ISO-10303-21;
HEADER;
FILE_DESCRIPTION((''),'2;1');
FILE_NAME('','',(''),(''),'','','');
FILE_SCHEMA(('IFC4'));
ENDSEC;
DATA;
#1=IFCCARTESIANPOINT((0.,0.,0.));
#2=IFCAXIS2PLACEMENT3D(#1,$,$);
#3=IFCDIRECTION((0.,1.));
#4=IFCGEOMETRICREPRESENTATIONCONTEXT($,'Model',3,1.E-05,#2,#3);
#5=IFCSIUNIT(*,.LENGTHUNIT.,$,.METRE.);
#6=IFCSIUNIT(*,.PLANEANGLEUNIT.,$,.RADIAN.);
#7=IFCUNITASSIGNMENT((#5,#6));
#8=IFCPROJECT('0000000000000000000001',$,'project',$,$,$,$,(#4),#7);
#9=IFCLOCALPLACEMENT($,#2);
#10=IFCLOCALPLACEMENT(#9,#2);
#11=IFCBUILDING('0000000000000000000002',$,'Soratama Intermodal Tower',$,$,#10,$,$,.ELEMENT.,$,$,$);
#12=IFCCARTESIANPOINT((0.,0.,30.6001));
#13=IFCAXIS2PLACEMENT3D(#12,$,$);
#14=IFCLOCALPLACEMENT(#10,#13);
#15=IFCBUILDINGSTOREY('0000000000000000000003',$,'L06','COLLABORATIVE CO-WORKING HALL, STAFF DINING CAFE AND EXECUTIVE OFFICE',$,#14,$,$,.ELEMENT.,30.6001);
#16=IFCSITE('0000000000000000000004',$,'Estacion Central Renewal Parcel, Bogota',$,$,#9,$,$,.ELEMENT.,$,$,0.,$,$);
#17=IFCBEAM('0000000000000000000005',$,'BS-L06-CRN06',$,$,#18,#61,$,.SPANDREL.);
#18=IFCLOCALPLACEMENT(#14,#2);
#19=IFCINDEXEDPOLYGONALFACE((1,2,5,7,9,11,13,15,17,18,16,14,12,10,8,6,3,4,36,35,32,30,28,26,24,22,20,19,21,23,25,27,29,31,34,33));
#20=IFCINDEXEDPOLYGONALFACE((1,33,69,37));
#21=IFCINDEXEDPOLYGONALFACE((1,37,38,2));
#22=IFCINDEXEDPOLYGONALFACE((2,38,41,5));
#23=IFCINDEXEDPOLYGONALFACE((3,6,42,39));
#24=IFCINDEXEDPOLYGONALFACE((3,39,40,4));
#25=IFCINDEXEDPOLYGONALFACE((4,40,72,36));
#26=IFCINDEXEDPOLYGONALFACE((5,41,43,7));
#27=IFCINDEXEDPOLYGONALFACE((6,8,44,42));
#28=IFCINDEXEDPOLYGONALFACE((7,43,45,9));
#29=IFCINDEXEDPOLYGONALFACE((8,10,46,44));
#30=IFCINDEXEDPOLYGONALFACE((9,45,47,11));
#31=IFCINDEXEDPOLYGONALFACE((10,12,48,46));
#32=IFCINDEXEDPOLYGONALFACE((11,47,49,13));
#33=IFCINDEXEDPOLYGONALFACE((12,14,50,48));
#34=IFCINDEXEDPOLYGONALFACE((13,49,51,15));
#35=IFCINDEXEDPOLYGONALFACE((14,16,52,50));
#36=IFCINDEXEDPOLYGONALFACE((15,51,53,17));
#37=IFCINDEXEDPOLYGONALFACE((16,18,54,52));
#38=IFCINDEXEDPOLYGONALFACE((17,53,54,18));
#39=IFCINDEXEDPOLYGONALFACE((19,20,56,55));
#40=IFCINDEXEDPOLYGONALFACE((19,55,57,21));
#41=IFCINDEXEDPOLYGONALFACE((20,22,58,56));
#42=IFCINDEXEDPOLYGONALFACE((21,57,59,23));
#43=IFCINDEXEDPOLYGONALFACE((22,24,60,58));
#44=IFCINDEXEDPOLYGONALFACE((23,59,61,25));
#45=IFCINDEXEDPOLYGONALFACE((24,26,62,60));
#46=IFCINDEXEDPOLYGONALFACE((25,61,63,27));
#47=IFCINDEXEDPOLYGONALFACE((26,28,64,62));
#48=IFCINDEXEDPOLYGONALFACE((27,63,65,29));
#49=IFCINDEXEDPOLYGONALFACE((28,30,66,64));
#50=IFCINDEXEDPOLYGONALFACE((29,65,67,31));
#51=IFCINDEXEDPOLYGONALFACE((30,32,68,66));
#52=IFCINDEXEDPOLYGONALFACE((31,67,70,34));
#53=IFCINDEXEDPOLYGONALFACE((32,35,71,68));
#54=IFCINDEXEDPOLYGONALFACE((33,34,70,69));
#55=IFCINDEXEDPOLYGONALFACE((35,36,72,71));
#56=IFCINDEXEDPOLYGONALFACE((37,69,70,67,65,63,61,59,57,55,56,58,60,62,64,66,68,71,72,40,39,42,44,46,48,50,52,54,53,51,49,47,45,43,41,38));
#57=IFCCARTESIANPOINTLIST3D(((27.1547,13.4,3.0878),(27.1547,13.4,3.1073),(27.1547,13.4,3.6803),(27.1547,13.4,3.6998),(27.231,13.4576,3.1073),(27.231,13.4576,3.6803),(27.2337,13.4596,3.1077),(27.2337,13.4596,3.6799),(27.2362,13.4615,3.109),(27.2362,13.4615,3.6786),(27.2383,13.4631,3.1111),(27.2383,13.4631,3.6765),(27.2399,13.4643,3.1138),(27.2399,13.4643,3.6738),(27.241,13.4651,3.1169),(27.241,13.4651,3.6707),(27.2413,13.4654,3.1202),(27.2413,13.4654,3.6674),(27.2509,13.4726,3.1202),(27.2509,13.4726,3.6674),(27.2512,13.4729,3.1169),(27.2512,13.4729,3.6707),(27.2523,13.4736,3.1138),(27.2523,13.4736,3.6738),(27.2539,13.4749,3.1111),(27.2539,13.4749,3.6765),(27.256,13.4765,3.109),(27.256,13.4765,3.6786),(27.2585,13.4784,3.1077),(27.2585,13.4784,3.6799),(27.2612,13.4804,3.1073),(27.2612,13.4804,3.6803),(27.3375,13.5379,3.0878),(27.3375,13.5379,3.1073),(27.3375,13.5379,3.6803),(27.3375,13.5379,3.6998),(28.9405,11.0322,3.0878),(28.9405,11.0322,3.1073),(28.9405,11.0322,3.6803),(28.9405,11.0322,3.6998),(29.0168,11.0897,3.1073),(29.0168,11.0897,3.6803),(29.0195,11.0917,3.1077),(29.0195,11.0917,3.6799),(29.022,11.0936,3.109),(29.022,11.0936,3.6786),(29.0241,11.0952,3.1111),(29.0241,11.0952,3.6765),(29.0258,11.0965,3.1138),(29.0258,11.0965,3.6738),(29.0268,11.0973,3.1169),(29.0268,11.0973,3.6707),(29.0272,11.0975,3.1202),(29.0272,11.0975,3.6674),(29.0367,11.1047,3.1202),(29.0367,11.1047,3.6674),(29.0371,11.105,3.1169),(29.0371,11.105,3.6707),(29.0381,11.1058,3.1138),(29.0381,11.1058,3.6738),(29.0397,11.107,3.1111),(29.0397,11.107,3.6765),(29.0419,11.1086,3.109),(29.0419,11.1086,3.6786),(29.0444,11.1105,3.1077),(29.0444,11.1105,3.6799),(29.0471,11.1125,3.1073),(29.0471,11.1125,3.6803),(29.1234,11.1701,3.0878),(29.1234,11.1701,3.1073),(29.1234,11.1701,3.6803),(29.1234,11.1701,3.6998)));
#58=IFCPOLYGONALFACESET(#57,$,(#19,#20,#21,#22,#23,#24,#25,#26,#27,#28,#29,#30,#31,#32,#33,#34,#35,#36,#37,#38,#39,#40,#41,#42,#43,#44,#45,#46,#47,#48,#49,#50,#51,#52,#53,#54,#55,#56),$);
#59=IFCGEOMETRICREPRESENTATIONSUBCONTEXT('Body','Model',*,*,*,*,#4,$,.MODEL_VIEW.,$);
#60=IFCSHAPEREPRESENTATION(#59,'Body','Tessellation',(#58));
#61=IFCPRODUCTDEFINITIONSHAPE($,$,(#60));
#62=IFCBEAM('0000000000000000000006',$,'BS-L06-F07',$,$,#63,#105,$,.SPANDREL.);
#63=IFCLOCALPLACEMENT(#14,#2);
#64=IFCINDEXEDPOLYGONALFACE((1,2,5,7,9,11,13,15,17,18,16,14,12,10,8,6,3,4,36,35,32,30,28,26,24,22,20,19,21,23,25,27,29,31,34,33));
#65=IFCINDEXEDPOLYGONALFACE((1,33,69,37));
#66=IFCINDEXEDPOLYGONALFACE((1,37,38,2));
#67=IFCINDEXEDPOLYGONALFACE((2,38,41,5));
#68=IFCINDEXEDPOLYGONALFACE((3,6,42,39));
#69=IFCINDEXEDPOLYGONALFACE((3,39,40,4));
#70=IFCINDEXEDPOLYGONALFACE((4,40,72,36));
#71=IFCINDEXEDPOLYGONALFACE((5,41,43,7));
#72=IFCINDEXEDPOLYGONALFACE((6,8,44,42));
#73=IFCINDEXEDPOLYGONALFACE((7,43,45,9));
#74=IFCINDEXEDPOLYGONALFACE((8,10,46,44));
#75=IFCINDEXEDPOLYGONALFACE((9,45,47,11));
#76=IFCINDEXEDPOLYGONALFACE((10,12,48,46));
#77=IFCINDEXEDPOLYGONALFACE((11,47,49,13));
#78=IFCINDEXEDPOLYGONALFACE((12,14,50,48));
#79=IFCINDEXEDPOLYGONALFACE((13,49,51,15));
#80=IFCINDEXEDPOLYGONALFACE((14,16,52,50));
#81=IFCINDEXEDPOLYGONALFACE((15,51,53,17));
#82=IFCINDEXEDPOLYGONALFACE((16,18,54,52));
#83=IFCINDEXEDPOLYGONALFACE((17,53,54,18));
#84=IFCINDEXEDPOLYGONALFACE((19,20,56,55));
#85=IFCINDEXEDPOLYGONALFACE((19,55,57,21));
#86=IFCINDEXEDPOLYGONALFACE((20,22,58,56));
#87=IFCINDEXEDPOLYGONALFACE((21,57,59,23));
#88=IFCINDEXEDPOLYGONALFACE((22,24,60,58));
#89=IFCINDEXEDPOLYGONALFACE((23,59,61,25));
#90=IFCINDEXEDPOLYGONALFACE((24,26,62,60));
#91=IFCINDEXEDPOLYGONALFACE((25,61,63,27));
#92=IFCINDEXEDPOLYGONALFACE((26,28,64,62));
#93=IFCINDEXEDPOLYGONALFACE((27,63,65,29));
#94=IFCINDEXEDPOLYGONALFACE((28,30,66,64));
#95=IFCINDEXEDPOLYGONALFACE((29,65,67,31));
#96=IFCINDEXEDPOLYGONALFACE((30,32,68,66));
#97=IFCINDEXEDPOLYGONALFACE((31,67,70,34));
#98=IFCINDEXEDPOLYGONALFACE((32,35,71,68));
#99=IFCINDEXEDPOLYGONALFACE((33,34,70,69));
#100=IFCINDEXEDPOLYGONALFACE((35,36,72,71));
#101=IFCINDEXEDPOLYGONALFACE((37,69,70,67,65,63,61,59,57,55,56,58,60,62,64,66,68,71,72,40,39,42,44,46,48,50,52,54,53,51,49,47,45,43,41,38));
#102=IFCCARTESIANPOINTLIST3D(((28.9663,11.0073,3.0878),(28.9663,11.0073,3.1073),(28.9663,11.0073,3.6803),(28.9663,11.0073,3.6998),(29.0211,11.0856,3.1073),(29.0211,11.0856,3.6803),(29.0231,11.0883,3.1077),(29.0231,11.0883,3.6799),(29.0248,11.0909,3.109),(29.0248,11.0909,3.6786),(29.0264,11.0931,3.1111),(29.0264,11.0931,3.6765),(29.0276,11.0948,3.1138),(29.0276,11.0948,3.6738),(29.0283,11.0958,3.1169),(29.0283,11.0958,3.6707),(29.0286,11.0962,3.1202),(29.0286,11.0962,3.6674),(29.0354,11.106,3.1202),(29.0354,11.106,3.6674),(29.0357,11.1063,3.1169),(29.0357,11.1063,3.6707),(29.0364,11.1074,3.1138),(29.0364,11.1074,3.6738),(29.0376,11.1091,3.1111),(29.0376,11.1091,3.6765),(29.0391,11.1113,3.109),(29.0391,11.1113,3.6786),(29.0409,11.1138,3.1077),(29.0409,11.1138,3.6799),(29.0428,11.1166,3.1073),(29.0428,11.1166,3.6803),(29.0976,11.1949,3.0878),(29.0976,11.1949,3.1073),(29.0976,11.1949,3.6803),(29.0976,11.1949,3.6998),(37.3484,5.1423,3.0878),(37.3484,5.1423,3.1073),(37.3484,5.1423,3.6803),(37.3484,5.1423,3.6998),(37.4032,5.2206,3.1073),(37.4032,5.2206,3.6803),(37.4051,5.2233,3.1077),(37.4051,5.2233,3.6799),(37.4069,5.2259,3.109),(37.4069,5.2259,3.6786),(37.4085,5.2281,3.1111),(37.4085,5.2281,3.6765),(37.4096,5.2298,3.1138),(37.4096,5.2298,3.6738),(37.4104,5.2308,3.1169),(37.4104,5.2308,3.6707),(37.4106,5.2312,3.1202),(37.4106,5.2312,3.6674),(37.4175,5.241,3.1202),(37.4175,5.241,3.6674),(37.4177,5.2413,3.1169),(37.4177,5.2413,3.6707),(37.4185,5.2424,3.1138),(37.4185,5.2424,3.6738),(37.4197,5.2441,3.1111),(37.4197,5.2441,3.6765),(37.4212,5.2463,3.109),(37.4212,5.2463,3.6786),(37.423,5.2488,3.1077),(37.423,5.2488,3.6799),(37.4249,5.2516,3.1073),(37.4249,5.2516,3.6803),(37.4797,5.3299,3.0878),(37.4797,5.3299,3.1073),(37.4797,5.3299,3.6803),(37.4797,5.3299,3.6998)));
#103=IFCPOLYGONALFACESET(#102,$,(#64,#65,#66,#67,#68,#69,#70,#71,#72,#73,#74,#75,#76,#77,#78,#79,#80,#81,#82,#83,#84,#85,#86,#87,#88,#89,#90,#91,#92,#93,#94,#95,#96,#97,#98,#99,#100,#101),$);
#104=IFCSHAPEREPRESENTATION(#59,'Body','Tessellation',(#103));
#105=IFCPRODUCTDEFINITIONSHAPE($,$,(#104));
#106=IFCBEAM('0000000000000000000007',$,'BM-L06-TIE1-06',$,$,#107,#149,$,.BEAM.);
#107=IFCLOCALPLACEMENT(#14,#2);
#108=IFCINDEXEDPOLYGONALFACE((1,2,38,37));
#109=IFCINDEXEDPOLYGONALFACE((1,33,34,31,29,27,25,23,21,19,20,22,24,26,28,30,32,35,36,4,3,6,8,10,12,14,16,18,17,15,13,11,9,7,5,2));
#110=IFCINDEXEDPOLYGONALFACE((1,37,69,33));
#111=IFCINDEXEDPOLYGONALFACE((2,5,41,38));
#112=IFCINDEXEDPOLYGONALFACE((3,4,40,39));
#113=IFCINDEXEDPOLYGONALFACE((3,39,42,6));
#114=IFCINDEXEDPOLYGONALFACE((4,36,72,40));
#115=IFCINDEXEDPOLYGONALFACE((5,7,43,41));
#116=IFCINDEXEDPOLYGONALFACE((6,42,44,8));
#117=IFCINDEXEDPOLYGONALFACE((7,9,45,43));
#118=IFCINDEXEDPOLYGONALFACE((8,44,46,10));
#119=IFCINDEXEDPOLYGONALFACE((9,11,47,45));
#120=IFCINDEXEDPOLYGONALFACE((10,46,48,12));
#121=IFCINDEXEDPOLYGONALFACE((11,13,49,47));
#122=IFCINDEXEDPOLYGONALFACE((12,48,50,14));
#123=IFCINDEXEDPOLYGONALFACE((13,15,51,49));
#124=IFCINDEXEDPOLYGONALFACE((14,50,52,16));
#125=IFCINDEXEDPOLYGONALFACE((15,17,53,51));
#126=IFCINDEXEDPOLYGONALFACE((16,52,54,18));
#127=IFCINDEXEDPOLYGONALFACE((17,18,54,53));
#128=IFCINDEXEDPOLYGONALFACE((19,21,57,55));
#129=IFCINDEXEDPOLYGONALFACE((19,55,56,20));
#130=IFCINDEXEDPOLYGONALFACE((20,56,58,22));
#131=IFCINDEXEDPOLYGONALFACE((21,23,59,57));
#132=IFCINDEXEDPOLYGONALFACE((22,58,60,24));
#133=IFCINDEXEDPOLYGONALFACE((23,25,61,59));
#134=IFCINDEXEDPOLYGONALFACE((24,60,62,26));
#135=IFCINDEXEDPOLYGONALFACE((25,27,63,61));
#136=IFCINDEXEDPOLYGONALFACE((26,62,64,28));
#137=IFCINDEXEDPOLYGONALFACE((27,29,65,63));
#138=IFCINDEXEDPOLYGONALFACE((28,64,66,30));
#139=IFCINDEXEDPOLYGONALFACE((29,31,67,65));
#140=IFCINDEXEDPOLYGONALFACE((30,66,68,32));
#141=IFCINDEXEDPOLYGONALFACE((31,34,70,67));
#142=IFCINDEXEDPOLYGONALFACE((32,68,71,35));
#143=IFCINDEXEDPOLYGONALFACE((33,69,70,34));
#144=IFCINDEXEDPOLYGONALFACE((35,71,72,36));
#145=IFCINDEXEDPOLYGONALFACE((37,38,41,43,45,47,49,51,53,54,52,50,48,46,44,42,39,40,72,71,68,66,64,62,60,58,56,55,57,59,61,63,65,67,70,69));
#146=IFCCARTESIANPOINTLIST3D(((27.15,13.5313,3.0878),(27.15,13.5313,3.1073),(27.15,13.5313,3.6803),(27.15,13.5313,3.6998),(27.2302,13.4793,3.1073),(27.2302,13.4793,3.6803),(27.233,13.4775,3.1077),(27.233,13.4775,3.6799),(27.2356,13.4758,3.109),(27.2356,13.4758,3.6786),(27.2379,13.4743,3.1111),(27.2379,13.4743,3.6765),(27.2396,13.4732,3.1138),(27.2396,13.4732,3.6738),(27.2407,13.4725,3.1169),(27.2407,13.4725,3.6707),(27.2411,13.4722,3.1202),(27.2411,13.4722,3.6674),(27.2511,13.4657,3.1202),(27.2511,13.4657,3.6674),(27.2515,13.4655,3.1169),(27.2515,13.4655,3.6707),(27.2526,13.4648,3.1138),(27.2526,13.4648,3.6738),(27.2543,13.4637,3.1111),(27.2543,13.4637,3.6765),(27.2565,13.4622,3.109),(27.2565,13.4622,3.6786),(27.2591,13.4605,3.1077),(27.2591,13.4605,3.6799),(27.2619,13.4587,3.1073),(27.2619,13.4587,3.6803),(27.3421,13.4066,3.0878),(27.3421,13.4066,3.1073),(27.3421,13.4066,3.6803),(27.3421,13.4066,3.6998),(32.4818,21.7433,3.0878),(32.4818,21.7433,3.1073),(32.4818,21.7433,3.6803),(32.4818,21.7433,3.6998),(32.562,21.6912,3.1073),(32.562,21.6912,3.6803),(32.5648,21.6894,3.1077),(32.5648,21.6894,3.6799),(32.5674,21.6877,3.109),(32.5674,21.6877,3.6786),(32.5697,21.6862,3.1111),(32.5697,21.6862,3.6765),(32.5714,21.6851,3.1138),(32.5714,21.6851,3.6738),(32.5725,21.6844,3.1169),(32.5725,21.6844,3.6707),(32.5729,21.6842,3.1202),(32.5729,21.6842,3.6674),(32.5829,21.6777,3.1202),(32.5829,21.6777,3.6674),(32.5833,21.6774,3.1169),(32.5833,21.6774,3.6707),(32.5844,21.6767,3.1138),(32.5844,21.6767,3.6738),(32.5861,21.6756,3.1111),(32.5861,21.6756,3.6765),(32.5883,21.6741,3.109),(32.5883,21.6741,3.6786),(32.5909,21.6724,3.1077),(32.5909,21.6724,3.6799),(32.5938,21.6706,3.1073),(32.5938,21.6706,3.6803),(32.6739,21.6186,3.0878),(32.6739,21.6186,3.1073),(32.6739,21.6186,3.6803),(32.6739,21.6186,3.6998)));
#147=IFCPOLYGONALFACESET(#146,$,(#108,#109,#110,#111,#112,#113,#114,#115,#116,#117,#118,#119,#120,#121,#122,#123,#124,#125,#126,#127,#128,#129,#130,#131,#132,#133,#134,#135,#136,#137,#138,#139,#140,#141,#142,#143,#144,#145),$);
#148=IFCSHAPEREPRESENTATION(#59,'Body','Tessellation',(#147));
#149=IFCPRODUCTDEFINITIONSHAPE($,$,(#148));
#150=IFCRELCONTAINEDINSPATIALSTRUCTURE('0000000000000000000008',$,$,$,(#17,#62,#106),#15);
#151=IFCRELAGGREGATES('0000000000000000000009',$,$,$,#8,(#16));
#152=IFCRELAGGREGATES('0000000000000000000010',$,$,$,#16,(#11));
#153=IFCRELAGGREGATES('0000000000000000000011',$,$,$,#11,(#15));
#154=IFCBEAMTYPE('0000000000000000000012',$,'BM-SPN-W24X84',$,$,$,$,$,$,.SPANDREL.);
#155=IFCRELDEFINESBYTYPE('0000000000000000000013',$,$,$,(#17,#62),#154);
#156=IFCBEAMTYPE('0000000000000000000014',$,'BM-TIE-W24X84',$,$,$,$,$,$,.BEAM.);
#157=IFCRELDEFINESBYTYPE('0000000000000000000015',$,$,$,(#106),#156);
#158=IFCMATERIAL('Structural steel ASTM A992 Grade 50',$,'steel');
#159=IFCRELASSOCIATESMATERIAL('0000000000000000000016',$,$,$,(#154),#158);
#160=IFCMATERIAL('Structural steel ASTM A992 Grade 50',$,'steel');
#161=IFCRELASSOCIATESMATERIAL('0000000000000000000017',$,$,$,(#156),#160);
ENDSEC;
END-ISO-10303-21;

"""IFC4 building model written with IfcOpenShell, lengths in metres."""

from ifc_helpers import new_model, si_unit, direction, frame, origin, origin_2d, place, context, subcontext, project, spatial, i_section, extrude, material, material_profile, profile_set, type_object, element, save


model = new_model("IFC4")

# Units and contexts
model_context = context("Model", 3, precision=1e-05, world=origin(), true_north=direction((0.0, 1.0)))
body_context = subcontext(model_context, "Body", "Model", "MODEL_VIEW")
ifc_project = project(units=[si_unit("LENGTHUNIT", "METRE"), si_unit("PLANEANGLEUNIT", "RADIAN")], contexts=[model_context])

# Site, building, storey
site_placement = place(None, origin())
site = spatial("IfcSite", under=ifc_project, at=site_placement, Name="Estacion Central Renewal Parcel, Bogota", CompositionType="ELEMENT", RefElevation=0.0)
building_placement = place(site_placement, origin())
building = spatial("IfcBuilding", under=site, at=building_placement, Name="Soratama Intermodal Tower", CompositionType="ELEMENT")
storey_placement = place(building_placement, frame((0.0, 0.0, 30.6001)))
storey = spatial("IfcBuildingStorey", under=building, at=storey_placement, Name="L06", Description="COLLABORATIVE CO-WORKING HALL, STAFF DINING CAFE AND EXECUTIVE OFFICE", CompositionType="ELEMENT", Elevation=30.6001)

# Beams
ifc_material_1 = material(Name="Structural steel ASTM A992 Grade 50", Category="steel")
ifc_material_profile_1 = material_profile(ifc_material_1, i_section(OverallWidth=0.229, OverallDepth=0.6121, WebThickness=0.012, FlangeThickness=0.0195, FilletRadius=0.0129, at=origin_2d()), Name="W24X84")
ifc_profile_set_1 = profile_set([ifc_material_profile_1], Name="Structural steel ASTM A992 Grade 50")
beam_type_1 = type_object("IfcBeamType", Name="BM-SPN-W24X84", PredefinedType="SPANDREL", material=ifc_profile_set_1)
beam_1_placement = place(storey_placement, frame((27.2461, 13.469, 3.3938), z_axis=(0.602145, -0.798387, 0.0), x_axis=(0.798387, 0.602145, 0.0)))
element("IfcBeam", 1, at=beam_1_placement, inside=storey, type_object=beam_type_1, Name="BS-L06-CRN06", PredefinedType="SPANDREL", context=body_context, shape_type="SweptSolid", body=[
    extrude(i_section(OverallWidth=0.229, OverallDepth=0.6121, WebThickness=0.012, FlangeThickness=0.0195, FilletRadius=0.0129, at=origin_2d()), origin(), (0.0, 0.0, 1.0), 2.9658),
])
beam_2_placement = place(storey_placement, frame((29.032, 11.1011, 3.3938), z_axis=(0.819345, -0.573301, 0.0), x_axis=(0.573301, 0.819345, 0.0)))
element("IfcBeam", 2, at=beam_2_placement, inside=storey, type_object=beam_type_1, Name="BS-L06-F07", PredefinedType="SPANDREL", context=body_context, shape_type="SweptSolid", body=[
    extrude(i_section(OverallWidth=0.229, OverallDepth=0.6121, WebThickness=0.012, FlangeThickness=0.0195, FilletRadius=0.0129, at=origin_2d()), origin(), (0.0, 0.0, 1.0), 10.2302),
])
ifc_material_2 = material(Name="Structural steel ASTM A992 Grade 50", Category="steel")
ifc_material_profile_2 = material_profile(ifc_material_2, i_section(OverallWidth=0.229, OverallDepth=0.6121, WebThickness=0.012, FlangeThickness=0.0195, FilletRadius=0.0129, at=origin_2d()), Name="W24X84")
ifc_profile_set_2 = profile_set([ifc_material_profile_2], Name="Structural steel ASTM A992 Grade 50")
beam_type_2 = type_object("IfcBeamType", Name="BM-TIE-W24X84", PredefinedType="BEAM", material=ifc_profile_set_2)
beam_3_placement = place(storey_placement, frame((32.5779, 21.6809, 3.3938), z_axis=(-0.544561, -0.838722, 0.0), x_axis=(0.838722, -0.544561, 0.0)))
element("IfcBeam", 3, at=beam_3_placement, inside=storey, type_object=beam_type_2, Name="BM-L06-TIE1-06", PredefinedType="BEAM", context=body_context, shape_type="SweptSolid", body=[
    extrude(i_section(OverallWidth=0.229, OverallDepth=0.6121, WebThickness=0.012, FlangeThickness=0.0195, FilletRadius=0.0129, at=origin_2d()), origin(), (0.0, 0.0, 1.0), 9.791),
])

save(model, "model.ifc")
